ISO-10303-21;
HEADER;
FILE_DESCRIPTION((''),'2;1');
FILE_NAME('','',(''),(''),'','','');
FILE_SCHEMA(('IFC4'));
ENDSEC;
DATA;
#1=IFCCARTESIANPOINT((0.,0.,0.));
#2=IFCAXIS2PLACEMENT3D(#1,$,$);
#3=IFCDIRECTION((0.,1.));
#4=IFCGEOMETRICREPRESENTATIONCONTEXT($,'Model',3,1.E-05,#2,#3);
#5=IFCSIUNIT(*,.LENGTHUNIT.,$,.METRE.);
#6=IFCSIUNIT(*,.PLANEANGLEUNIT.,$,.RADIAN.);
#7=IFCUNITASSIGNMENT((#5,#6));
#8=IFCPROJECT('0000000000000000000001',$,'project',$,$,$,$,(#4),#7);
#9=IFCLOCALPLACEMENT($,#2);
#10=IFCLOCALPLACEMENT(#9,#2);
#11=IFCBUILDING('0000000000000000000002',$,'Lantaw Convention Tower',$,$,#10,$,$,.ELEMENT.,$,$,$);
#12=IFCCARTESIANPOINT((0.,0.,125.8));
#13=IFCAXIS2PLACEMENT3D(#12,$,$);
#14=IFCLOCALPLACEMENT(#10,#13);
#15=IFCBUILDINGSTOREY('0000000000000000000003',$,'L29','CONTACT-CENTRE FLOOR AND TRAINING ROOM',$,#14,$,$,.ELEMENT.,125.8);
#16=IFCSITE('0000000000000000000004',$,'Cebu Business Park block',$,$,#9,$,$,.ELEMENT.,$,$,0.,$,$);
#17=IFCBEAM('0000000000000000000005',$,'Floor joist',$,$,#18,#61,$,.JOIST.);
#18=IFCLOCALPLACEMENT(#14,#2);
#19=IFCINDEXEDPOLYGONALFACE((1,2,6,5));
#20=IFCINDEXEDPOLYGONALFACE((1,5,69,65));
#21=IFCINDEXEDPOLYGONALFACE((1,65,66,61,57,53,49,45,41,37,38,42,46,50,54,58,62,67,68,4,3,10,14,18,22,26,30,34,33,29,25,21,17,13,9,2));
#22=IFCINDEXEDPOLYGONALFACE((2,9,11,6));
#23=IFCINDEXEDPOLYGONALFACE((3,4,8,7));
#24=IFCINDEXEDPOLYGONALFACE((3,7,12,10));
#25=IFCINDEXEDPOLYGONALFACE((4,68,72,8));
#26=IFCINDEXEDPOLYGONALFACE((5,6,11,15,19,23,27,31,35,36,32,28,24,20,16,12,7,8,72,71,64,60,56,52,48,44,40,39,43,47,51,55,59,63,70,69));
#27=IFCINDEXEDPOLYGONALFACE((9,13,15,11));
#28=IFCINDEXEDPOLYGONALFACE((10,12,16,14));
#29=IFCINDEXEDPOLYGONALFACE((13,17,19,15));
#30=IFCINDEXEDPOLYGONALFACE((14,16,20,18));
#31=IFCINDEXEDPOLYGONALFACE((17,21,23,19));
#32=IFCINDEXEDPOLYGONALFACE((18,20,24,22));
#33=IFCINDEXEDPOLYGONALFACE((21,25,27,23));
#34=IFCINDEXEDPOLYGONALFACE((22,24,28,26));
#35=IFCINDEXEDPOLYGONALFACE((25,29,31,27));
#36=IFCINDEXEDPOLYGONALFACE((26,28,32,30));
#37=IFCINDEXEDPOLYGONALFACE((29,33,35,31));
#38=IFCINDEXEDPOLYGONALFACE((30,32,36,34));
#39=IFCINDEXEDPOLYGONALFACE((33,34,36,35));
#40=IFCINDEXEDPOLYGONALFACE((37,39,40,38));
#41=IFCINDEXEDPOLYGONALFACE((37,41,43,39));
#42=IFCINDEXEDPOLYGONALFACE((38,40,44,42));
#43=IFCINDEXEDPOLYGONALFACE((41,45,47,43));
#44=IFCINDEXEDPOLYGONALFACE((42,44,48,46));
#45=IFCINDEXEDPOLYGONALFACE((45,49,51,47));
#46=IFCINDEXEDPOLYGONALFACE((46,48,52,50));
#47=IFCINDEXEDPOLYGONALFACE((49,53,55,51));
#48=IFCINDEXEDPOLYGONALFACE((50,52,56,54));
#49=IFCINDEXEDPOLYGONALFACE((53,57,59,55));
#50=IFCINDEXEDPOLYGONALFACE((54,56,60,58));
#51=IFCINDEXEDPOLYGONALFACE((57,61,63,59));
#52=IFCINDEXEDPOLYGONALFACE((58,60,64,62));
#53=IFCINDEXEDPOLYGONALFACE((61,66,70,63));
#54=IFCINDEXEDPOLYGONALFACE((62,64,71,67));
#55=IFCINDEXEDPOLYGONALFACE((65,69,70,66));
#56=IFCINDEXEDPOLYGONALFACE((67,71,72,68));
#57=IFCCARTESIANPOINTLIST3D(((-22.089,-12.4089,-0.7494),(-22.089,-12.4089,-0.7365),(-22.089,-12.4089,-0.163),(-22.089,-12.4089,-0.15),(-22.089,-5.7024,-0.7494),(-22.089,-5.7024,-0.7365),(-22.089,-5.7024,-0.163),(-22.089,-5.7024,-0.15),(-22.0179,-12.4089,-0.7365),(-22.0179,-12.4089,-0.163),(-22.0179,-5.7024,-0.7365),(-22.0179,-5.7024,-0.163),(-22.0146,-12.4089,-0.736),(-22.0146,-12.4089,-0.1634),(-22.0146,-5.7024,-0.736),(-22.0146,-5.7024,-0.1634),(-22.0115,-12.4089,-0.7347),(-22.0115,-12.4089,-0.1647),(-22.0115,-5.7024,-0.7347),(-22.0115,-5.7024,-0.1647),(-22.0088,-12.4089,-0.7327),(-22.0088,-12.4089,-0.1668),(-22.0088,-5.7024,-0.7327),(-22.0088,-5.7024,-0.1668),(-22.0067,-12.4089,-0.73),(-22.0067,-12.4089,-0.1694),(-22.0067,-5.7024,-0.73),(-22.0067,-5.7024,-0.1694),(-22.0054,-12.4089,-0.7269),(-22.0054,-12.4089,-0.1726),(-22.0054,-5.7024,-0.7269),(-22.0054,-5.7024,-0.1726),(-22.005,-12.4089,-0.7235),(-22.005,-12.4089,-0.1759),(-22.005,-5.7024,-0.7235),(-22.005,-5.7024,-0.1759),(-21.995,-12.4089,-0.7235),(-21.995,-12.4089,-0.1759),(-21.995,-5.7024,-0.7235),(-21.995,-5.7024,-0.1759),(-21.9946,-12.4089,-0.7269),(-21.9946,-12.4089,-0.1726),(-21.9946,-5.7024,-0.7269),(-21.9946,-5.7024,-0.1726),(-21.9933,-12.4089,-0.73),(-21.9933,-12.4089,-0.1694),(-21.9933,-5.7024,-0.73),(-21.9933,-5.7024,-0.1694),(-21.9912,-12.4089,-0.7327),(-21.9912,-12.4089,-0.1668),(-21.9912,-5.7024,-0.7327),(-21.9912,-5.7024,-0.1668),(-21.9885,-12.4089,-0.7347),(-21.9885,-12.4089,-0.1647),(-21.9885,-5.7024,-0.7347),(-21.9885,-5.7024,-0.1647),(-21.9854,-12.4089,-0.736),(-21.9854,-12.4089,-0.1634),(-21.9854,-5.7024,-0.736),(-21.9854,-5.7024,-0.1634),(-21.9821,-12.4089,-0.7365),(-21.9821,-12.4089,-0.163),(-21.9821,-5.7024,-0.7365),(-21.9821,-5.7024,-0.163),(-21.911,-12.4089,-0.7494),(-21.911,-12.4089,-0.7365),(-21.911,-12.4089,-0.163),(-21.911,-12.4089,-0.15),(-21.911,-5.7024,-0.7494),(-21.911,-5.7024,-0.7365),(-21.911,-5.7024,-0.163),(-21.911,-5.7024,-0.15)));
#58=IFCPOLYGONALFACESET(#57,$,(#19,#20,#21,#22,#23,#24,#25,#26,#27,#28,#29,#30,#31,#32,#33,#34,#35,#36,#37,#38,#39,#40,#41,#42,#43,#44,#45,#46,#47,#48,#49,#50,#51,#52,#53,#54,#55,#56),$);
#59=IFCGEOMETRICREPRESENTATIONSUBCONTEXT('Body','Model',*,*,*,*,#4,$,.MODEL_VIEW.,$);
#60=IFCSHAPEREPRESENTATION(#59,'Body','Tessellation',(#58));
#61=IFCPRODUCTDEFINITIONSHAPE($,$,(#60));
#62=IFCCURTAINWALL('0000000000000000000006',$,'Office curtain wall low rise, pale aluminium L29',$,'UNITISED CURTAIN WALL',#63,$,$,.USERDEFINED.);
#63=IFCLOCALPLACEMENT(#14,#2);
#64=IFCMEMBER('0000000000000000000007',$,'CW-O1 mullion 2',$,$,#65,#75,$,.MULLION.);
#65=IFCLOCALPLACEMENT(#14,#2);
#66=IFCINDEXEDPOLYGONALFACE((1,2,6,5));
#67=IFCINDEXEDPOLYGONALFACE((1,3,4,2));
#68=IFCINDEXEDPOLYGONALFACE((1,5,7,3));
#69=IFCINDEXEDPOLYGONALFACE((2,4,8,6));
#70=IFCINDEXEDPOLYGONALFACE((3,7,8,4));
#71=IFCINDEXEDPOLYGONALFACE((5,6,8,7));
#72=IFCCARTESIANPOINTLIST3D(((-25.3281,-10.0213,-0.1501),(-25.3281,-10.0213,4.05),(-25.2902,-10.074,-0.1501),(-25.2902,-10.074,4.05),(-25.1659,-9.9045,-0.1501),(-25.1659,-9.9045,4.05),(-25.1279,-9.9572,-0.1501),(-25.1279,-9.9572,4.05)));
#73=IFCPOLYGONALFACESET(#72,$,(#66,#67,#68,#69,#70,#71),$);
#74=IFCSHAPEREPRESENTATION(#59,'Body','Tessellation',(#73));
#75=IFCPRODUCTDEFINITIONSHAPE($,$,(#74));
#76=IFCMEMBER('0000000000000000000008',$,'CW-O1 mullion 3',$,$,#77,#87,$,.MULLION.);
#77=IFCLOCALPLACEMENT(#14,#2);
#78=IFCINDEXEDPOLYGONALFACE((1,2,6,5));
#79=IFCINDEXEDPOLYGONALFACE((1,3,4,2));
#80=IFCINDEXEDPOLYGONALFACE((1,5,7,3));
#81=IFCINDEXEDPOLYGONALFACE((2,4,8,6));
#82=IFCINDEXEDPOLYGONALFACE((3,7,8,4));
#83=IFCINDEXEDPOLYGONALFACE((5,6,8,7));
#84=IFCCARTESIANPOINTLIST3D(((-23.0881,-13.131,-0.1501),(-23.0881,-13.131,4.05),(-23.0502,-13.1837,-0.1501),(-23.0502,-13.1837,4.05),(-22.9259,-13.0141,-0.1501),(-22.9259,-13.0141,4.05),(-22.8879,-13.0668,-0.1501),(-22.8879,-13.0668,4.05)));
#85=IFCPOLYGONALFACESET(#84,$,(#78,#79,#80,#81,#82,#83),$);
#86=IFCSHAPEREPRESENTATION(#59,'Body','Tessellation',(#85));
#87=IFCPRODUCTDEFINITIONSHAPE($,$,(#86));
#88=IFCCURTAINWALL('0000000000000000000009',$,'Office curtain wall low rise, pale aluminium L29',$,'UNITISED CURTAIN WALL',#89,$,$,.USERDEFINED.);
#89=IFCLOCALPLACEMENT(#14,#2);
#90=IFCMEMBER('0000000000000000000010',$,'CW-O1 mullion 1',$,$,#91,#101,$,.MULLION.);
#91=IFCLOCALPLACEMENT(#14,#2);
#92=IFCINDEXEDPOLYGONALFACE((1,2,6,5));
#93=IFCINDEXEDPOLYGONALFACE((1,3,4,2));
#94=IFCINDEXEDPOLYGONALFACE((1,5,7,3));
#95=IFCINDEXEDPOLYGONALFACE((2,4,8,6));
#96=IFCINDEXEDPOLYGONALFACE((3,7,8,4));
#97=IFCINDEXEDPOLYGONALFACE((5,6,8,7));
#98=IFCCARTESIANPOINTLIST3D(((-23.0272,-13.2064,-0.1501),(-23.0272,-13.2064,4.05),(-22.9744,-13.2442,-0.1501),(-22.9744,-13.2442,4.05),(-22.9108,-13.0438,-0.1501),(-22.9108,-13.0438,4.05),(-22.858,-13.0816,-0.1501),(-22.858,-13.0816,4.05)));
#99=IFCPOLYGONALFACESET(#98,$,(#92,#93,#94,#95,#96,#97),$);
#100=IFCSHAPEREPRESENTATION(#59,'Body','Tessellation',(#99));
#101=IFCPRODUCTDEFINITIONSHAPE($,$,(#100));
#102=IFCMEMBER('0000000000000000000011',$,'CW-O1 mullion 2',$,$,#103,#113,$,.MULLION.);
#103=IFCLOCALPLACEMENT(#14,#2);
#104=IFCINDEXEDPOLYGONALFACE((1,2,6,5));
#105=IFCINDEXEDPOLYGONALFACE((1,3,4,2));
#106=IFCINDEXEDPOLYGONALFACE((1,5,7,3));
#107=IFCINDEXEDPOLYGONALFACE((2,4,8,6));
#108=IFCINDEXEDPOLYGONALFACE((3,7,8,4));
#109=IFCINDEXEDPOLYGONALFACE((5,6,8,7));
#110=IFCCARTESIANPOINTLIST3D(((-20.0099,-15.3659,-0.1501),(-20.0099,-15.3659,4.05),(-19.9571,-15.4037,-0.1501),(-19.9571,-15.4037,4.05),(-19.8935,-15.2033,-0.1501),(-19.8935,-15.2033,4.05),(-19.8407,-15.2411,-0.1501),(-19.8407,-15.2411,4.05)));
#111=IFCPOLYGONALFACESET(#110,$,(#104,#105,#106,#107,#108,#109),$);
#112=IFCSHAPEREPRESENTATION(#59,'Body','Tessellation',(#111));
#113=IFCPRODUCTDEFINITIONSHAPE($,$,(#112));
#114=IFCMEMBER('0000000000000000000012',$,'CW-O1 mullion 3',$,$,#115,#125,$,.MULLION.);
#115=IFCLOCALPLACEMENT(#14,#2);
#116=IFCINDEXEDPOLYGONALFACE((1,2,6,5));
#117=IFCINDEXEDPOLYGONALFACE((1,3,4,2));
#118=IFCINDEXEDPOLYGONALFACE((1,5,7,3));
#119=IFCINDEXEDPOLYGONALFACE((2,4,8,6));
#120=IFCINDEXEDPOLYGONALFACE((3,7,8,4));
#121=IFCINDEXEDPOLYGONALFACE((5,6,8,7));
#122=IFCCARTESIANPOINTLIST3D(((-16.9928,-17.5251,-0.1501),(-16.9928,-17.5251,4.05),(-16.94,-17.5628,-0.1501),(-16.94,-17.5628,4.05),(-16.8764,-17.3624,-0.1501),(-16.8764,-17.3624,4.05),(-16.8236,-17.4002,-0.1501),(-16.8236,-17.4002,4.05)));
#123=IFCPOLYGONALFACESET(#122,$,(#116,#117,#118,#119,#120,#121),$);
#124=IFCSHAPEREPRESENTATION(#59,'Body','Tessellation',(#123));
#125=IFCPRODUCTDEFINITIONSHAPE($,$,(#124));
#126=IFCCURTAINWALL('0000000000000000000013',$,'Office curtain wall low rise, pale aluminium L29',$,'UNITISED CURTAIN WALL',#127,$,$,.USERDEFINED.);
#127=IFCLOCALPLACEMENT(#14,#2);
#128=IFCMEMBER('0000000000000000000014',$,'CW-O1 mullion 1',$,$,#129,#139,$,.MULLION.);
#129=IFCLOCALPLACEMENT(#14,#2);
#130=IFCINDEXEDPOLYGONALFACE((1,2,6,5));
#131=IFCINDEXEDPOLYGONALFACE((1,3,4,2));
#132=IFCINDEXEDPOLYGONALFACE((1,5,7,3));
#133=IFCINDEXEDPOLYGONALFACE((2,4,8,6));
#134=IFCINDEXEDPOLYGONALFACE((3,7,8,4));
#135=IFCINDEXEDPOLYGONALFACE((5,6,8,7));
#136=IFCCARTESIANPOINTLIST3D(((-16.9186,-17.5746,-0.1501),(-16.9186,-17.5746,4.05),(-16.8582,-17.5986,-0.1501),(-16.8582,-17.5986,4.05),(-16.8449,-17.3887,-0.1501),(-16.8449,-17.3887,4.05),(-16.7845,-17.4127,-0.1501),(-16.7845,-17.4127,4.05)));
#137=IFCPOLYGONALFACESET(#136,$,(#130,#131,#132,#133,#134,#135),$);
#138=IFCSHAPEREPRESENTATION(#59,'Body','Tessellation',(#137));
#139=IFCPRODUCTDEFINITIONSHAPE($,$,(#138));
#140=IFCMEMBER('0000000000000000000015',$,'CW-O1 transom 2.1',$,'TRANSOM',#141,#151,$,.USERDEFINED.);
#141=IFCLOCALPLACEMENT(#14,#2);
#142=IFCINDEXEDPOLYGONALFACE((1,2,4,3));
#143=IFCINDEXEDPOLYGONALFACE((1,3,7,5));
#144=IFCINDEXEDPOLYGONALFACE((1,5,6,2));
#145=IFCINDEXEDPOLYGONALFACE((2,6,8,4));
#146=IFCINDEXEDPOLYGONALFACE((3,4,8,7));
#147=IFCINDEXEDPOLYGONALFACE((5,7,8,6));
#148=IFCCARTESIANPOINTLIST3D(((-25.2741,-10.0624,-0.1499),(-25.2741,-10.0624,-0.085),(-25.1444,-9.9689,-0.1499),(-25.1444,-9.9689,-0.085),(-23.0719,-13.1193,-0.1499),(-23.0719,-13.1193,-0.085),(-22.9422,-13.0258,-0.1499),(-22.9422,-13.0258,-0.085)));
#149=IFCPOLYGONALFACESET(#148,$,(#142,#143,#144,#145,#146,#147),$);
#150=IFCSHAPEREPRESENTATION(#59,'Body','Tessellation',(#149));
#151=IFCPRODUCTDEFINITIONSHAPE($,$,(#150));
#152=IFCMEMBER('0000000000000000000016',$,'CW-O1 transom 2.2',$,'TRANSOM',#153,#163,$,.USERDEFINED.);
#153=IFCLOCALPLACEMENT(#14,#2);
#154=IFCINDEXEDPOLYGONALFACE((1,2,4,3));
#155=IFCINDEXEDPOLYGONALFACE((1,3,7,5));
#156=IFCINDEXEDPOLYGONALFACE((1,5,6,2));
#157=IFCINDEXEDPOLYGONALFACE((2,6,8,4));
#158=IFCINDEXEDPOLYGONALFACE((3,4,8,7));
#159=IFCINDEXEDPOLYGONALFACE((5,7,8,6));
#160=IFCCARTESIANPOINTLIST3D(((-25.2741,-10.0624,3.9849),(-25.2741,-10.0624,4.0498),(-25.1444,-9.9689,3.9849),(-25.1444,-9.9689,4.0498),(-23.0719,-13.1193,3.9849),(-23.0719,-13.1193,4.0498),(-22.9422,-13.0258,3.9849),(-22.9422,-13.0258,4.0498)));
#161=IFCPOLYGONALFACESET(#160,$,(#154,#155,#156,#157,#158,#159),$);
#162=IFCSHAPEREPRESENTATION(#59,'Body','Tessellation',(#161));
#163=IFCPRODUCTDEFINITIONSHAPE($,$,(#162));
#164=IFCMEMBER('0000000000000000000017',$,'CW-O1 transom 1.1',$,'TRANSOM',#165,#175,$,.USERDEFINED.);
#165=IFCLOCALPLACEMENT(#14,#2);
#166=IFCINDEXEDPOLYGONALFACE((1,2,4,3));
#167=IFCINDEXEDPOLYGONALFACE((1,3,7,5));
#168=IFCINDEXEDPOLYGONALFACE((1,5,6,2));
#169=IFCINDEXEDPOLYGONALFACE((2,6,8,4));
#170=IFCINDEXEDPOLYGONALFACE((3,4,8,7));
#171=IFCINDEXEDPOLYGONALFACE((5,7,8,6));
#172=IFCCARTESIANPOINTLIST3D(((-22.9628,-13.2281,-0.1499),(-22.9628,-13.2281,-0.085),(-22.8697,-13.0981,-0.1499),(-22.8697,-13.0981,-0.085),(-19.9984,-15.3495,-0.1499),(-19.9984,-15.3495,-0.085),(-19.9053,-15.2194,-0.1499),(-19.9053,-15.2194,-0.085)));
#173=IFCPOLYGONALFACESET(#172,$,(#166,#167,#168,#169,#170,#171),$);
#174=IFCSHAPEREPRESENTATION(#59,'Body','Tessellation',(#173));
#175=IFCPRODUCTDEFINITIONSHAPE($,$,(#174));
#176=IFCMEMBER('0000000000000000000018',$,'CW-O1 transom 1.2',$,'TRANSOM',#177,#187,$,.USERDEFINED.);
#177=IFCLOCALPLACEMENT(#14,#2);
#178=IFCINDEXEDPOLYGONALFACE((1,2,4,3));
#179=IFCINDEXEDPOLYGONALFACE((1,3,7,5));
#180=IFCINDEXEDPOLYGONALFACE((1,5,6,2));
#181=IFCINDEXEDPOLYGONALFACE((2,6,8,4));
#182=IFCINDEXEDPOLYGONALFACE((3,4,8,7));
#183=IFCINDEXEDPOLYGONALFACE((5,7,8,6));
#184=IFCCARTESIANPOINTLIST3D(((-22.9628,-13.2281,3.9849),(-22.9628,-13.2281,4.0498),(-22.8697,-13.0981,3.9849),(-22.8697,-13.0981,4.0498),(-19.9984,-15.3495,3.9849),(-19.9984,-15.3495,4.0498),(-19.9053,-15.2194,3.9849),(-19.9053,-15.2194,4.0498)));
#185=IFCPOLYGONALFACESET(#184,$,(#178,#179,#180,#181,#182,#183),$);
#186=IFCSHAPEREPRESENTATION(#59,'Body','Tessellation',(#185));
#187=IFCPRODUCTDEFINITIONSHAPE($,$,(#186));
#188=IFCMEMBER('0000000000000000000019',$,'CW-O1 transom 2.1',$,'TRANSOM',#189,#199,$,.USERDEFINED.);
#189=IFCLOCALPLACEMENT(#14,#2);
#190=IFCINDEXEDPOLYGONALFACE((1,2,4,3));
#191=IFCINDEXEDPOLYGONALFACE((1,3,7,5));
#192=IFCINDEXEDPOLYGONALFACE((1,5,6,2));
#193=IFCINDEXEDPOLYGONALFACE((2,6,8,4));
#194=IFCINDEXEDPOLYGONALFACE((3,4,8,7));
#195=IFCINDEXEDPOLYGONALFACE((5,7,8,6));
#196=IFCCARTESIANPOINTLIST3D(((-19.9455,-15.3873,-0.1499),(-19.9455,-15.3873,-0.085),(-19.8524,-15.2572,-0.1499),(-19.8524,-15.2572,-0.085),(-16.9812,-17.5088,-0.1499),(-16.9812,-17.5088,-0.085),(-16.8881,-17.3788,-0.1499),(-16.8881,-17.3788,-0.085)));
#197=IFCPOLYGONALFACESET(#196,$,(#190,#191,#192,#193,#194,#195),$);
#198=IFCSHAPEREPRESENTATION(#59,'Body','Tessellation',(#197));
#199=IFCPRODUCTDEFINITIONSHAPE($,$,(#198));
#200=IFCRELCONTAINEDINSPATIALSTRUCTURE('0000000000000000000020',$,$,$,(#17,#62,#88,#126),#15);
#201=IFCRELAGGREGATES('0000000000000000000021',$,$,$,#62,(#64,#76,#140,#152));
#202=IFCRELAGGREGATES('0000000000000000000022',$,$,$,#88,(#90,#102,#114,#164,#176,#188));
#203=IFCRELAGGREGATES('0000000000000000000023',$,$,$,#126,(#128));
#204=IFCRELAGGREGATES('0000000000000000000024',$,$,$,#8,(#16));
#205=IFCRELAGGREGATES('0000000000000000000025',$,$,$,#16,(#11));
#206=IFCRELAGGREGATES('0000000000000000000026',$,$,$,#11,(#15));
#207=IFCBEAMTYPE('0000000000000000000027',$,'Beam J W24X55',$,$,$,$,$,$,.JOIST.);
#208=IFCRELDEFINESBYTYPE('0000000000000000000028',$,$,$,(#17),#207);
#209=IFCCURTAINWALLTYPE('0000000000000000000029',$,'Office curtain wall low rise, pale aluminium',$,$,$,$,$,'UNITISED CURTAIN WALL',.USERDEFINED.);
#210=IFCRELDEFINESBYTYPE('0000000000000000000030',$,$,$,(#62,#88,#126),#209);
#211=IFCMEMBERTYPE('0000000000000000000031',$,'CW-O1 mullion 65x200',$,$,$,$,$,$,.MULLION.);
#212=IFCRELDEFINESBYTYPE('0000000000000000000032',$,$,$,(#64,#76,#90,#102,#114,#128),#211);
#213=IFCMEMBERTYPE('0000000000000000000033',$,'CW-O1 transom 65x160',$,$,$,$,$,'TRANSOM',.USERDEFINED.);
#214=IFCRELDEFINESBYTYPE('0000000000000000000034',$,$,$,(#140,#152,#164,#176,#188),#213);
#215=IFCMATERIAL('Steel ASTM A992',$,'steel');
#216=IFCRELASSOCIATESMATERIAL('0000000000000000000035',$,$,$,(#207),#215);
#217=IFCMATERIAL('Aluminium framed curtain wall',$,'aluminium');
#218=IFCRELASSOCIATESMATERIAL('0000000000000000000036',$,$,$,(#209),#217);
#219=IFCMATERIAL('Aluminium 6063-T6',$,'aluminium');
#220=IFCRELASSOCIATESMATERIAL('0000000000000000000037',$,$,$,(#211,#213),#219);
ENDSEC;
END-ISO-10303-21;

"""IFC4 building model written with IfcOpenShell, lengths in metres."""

from ifc_helpers import new_model, si_unit, direction, frame, origin, origin_2d, place, context, subcontext, project, spatial, rectangle, i_section, extrude, material, material_profile, profile_set, type_object, element, aggregate, save


model = new_model("IFC4")

# Units and contexts
model_context = context("Model", 3, precision=1e-05, world=origin(), true_north=direction((0.0, 1.0)))
body_context = subcontext(model_context, "Body", "Model", "MODEL_VIEW")
ifc_project = project(units=[si_unit("LENGTHUNIT", "METRE"), si_unit("PLANEANGLEUNIT", "RADIAN")], contexts=[model_context])

# Site, building, storey
site_placement = place(None, origin())
site = spatial("IfcSite", under=ifc_project, at=site_placement, Name="Cebu Business Park block", CompositionType="ELEMENT", RefElevation=0.0)
building_placement = place(site_placement, origin())
building = spatial("IfcBuilding", under=site, at=building_placement, Name="Lantaw Convention Tower", CompositionType="ELEMENT")
storey_placement = place(building_placement, frame((0.0, 0.0, 125.8)))
storey = spatial("IfcBuildingStorey", under=building, at=storey_placement, Name="L29", Description="CONTACT-CENTRE FLOOR AND TRAINING ROOM", CompositionType="ELEMENT", Elevation=125.8)

# Beam
ifc_material_1 = material(Name="Steel ASTM A992", Category="steel")
ifc_material_profile_1 = material_profile(ifc_material_1, i_section(OverallWidth=0.178, OverallDepth=0.5994, WebThickness=0.01, FlangeThickness=0.0129, FilletRadius=0.0129, at=origin_2d()), Name="W24X55")
ifc_profile_set_1 = profile_set([ifc_material_profile_1], Name="Steel ASTM A992")
beam_type_1 = type_object("IfcBeamType", Name="Beam J W24X55", PredefinedType="JOIST", material=ifc_profile_set_1)
beam_1_placement = place(storey_placement, frame((-22.0, -12.4089, -0.4497), z_axis=(0.0, 1.0, 0.0), x_axis=(-1.0, 0.0, 0.0)))
element("IfcBeam", 1, at=beam_1_placement, inside=storey, type_object=beam_type_1, Name="Floor joist", PredefinedType="JOIST", context=body_context, shape_type="SweptSolid", body=[
    extrude(i_section(OverallWidth=0.178, OverallDepth=0.5994, WebThickness=0.01, FlangeThickness=0.0129, FilletRadius=0.0129, at=origin_2d()), origin(), (0.0, 0.0, 1.0), 6.7065),
])

# Curtain walls, members
ifc_material_2 = material(Name="Aluminium framed curtain wall", Category="aluminium")
curtain_wall_type = type_object("IfcCurtainWallType", Name="Office curtain wall low rise, pale aluminium", ElementType="UNITISED CURTAIN WALL", PredefinedType="USERDEFINED", material=ifc_material_2)
curtain_wall_1_placement = place(storey_placement, origin())
curtain_wall_1 = element("IfcCurtainWall", 2, at=curtain_wall_1_placement, inside=storey, type_object=curtain_wall_type, Name="Office curtain wall low rise, pale aluminium L29", ObjectType="UNITISED CURTAIN WALL", PredefinedType="USERDEFINED")
ifc_material_3 = material(Name="Aluminium 6063-T6", Category="aluminium")
ifc_material_profile_2 = material_profile(ifc_material_3, rectangle(XDim=0.2, YDim=0.0649, at=origin_2d()), Name="CW-O1 mullion 65x200")
ifc_profile_set_2 = profile_set([ifc_material_profile_2], Name="Aluminium 6063-T6")
member_type_1 = type_object("IfcMemberType", Name="CW-O1 mullion 65x200", PredefinedType="MULLION", material=ifc_profile_set_2)
member_1_placement = place(storey_placement, frame((-25.228, -9.9893, -0.1501), z_axis=(0.0, 0.0, 1.0), x_axis=(0.811385, 0.584513, 0.0)))
member_1 = element("IfcMember", 3, at=member_1_placement, type_object=member_type_1, Name="CW-O1 mullion 2", PredefinedType="MULLION", context=body_context, shape_type="SweptSolid", body=[
    extrude(rectangle(XDim=0.2, YDim=0.0649, at=origin_2d()), origin(), (0.0, 0.0, 1.0), 4.2002),
])
member_2_placement = place(storey_placement, frame((-22.988, -13.0989, -0.1501), z_axis=(0.0, 0.0, 1.0), x_axis=(0.811385, 0.584513, 0.0)))
member_2 = element("IfcMember", 4, at=member_2_placement, type_object=member_type_1, Name="CW-O1 mullion 3", PredefinedType="MULLION", context=body_context, shape_type="SweptSolid", body=[
    extrude(rectangle(XDim=0.2, YDim=0.0649, at=origin_2d()), origin(), (0.0, 0.0, 1.0), 4.2002),
])
curtain_wall_2_placement = place(storey_placement, origin())
curtain_wall_2 = element("IfcCurtainWall", 5, at=curtain_wall_2_placement, inside=storey, type_object=curtain_wall_type, Name="Office curtain wall low rise, pale aluminium L29", ObjectType="UNITISED CURTAIN WALL", PredefinedType="USERDEFINED")
member_3_placement = place(storey_placement, frame((-22.9426, -13.144, -0.1501), z_axis=(0.0, 0.0, 1.0), x_axis=(0.581973, 0.813208, 0.0)))
member_3 = element("IfcMember", 6, at=member_3_placement, type_object=member_type_1, Name="CW-O1 mullion 1", PredefinedType="MULLION", context=body_context, shape_type="SweptSolid", body=[
    extrude(rectangle(XDim=0.2, YDim=0.0649, at=origin_2d()), origin(), (0.0, 0.0, 1.0), 4.2002),
])
member_4_placement = place(storey_placement, frame((-19.9253, -15.3035, -0.1501), z_axis=(0.0, 0.0, 1.0), x_axis=(0.581973, 0.813208, 0.0)))
member_4 = element("IfcMember", 7, at=member_4_placement, type_object=member_type_1, Name="CW-O1 mullion 2", PredefinedType="MULLION", context=body_context, shape_type="SweptSolid", body=[
    extrude(rectangle(XDim=0.2, YDim=0.0649, at=origin_2d()), origin(), (0.0, 0.0, 1.0), 4.2002),
])
member_5_placement = place(storey_placement, frame((-16.9082, -17.4626, -0.1501), z_axis=(0.0, 0.0, 1.0), x_axis=(0.581973, 0.813208, 0.0)))
member_5 = element("IfcMember", 8, at=member_5_placement, type_object=member_type_1, Name="CW-O1 mullion 3", PredefinedType="MULLION", context=body_context, shape_type="SweptSolid", body=[
    extrude(rectangle(XDim=0.2, YDim=0.0649, at=origin_2d()), origin(), (0.0, 0.0, 1.0), 4.2002),
])

# Curtain wall, member
curtain_wall_3_placement = place(storey_placement, origin())
curtain_wall_3 = element("IfcCurtainWall", 9, at=curtain_wall_3_placement, inside=storey, type_object=curtain_wall_type, Name="Office curtain wall low rise, pale aluminium L29", ObjectType="UNITISED CURTAIN WALL", PredefinedType="USERDEFINED")
member_6_placement = place(storey_placement, frame((-16.8516, -17.4937, -0.1501), z_axis=(0.0, 0.0, 1.0), x_axis=(0.368702, 0.929548, 0.0)))
member_6 = element("IfcMember", 10, at=member_6_placement, type_object=member_type_1, Name="CW-O1 mullion 1", PredefinedType="MULLION", context=body_context, shape_type="SweptSolid", body=[
    extrude(rectangle(XDim=0.2, YDim=0.0649, at=origin_2d()), origin(), (0.0, 0.0, 1.0), 4.2002),
])

# Members
ifc_material_profile_3 = material_profile(ifc_material_3, rectangle(XDim=0.1599, YDim=0.0649, at=origin_2d()), Name="CW-O1 transom 65x160")
ifc_profile_set_3 = profile_set([ifc_material_profile_3], Name="Aluminium 6063-T6")
member_type_2 = type_object("IfcMemberType", Name="CW-O1 transom 65x160", ElementType="TRANSOM", PredefinedType="USERDEFINED", material=ifc_profile_set_3)
member_7_placement = place(storey_placement, frame((-25.2092, -10.0156, -0.1174), z_axis=(0.584513, -0.811384, 0.0), x_axis=(0.811384, 0.584513, 0.0)))
member_7 = element("IfcMember", 11, at=member_7_placement, type_object=member_type_2, Name="CW-O1 transom 2.1", ObjectType="TRANSOM", PredefinedType="USERDEFINED", context=body_context, shape_type="SweptSolid", body=[
    extrude(rectangle(XDim=0.1599, YDim=0.0649, at=origin_2d()), origin(), (0.0, 0.0, 1.0), 3.7676),
])
member_8_placement = place(storey_placement, frame((-25.2092, -10.0156, 4.0173), z_axis=(0.584513, -0.811384, 0.0), x_axis=(0.811384, 0.584513, 0.0)))
member_8 = element("IfcMember", 12, at=member_8_placement, type_object=member_type_2, Name="CW-O1 transom 2.2", ObjectType="TRANSOM", PredefinedType="USERDEFINED", context=body_context, shape_type="SweptSolid", body=[
    extrude(rectangle(XDim=0.1599, YDim=0.0649, at=origin_2d()), origin(), (0.0, 0.0, 1.0), 3.7676),
])
member_9_placement = place(storey_placement, frame((-22.9163, -13.1631, -0.1174), z_axis=(0.813222, -0.581954, 0.0), x_axis=(0.581954, 0.813222, 0.0)))
member_9 = element("IfcMember", 13, at=member_9_placement, type_object=member_type_2, Name="CW-O1 transom 1.1", ObjectType="TRANSOM", PredefinedType="USERDEFINED", context=body_context, shape_type="SweptSolid", body=[
    extrude(rectangle(XDim=0.1599, YDim=0.0649, at=origin_2d()), origin(), (0.0, 0.0, 1.0), 3.6453),
])
member_10_placement = place(storey_placement, frame((-22.9163, -13.1631, 4.0173), z_axis=(0.813222, -0.581954, 0.0), x_axis=(0.581954, 0.813222, 0.0)))
member_10 = element("IfcMember", 14, at=member_10_placement, type_object=member_type_2, Name="CW-O1 transom 1.2", ObjectType="TRANSOM", PredefinedType="USERDEFINED", context=body_context, shape_type="SweptSolid", body=[
    extrude(rectangle(XDim=0.1599, YDim=0.0649, at=origin_2d()), origin(), (0.0, 0.0, 1.0), 3.6453),
])
member_11_placement = place(storey_placement, frame((-19.8989, -15.3223, -0.1174), z_axis=(0.81319, -0.581998, 0.0), x_axis=(0.581998, 0.81319, 0.0)))
member_11 = element("IfcMember", 15, at=member_11_placement, type_object=member_type_2, Name="CW-O1 transom 2.1", ObjectType="TRANSOM", PredefinedType="USERDEFINED", context=body_context, shape_type="SweptSolid", body=[
    extrude(rectangle(XDim=0.1599, YDim=0.0649, at=origin_2d()), origin(), (0.0, 0.0, 1.0), 3.6453),
])

aggregate(curtain_wall_1, [member_1, member_2, member_7, member_8])
aggregate(curtain_wall_2, [member_3, member_4, member_5, member_9, member_10, member_11])
aggregate(curtain_wall_3, [member_6])

save(model, "model.ifc")
